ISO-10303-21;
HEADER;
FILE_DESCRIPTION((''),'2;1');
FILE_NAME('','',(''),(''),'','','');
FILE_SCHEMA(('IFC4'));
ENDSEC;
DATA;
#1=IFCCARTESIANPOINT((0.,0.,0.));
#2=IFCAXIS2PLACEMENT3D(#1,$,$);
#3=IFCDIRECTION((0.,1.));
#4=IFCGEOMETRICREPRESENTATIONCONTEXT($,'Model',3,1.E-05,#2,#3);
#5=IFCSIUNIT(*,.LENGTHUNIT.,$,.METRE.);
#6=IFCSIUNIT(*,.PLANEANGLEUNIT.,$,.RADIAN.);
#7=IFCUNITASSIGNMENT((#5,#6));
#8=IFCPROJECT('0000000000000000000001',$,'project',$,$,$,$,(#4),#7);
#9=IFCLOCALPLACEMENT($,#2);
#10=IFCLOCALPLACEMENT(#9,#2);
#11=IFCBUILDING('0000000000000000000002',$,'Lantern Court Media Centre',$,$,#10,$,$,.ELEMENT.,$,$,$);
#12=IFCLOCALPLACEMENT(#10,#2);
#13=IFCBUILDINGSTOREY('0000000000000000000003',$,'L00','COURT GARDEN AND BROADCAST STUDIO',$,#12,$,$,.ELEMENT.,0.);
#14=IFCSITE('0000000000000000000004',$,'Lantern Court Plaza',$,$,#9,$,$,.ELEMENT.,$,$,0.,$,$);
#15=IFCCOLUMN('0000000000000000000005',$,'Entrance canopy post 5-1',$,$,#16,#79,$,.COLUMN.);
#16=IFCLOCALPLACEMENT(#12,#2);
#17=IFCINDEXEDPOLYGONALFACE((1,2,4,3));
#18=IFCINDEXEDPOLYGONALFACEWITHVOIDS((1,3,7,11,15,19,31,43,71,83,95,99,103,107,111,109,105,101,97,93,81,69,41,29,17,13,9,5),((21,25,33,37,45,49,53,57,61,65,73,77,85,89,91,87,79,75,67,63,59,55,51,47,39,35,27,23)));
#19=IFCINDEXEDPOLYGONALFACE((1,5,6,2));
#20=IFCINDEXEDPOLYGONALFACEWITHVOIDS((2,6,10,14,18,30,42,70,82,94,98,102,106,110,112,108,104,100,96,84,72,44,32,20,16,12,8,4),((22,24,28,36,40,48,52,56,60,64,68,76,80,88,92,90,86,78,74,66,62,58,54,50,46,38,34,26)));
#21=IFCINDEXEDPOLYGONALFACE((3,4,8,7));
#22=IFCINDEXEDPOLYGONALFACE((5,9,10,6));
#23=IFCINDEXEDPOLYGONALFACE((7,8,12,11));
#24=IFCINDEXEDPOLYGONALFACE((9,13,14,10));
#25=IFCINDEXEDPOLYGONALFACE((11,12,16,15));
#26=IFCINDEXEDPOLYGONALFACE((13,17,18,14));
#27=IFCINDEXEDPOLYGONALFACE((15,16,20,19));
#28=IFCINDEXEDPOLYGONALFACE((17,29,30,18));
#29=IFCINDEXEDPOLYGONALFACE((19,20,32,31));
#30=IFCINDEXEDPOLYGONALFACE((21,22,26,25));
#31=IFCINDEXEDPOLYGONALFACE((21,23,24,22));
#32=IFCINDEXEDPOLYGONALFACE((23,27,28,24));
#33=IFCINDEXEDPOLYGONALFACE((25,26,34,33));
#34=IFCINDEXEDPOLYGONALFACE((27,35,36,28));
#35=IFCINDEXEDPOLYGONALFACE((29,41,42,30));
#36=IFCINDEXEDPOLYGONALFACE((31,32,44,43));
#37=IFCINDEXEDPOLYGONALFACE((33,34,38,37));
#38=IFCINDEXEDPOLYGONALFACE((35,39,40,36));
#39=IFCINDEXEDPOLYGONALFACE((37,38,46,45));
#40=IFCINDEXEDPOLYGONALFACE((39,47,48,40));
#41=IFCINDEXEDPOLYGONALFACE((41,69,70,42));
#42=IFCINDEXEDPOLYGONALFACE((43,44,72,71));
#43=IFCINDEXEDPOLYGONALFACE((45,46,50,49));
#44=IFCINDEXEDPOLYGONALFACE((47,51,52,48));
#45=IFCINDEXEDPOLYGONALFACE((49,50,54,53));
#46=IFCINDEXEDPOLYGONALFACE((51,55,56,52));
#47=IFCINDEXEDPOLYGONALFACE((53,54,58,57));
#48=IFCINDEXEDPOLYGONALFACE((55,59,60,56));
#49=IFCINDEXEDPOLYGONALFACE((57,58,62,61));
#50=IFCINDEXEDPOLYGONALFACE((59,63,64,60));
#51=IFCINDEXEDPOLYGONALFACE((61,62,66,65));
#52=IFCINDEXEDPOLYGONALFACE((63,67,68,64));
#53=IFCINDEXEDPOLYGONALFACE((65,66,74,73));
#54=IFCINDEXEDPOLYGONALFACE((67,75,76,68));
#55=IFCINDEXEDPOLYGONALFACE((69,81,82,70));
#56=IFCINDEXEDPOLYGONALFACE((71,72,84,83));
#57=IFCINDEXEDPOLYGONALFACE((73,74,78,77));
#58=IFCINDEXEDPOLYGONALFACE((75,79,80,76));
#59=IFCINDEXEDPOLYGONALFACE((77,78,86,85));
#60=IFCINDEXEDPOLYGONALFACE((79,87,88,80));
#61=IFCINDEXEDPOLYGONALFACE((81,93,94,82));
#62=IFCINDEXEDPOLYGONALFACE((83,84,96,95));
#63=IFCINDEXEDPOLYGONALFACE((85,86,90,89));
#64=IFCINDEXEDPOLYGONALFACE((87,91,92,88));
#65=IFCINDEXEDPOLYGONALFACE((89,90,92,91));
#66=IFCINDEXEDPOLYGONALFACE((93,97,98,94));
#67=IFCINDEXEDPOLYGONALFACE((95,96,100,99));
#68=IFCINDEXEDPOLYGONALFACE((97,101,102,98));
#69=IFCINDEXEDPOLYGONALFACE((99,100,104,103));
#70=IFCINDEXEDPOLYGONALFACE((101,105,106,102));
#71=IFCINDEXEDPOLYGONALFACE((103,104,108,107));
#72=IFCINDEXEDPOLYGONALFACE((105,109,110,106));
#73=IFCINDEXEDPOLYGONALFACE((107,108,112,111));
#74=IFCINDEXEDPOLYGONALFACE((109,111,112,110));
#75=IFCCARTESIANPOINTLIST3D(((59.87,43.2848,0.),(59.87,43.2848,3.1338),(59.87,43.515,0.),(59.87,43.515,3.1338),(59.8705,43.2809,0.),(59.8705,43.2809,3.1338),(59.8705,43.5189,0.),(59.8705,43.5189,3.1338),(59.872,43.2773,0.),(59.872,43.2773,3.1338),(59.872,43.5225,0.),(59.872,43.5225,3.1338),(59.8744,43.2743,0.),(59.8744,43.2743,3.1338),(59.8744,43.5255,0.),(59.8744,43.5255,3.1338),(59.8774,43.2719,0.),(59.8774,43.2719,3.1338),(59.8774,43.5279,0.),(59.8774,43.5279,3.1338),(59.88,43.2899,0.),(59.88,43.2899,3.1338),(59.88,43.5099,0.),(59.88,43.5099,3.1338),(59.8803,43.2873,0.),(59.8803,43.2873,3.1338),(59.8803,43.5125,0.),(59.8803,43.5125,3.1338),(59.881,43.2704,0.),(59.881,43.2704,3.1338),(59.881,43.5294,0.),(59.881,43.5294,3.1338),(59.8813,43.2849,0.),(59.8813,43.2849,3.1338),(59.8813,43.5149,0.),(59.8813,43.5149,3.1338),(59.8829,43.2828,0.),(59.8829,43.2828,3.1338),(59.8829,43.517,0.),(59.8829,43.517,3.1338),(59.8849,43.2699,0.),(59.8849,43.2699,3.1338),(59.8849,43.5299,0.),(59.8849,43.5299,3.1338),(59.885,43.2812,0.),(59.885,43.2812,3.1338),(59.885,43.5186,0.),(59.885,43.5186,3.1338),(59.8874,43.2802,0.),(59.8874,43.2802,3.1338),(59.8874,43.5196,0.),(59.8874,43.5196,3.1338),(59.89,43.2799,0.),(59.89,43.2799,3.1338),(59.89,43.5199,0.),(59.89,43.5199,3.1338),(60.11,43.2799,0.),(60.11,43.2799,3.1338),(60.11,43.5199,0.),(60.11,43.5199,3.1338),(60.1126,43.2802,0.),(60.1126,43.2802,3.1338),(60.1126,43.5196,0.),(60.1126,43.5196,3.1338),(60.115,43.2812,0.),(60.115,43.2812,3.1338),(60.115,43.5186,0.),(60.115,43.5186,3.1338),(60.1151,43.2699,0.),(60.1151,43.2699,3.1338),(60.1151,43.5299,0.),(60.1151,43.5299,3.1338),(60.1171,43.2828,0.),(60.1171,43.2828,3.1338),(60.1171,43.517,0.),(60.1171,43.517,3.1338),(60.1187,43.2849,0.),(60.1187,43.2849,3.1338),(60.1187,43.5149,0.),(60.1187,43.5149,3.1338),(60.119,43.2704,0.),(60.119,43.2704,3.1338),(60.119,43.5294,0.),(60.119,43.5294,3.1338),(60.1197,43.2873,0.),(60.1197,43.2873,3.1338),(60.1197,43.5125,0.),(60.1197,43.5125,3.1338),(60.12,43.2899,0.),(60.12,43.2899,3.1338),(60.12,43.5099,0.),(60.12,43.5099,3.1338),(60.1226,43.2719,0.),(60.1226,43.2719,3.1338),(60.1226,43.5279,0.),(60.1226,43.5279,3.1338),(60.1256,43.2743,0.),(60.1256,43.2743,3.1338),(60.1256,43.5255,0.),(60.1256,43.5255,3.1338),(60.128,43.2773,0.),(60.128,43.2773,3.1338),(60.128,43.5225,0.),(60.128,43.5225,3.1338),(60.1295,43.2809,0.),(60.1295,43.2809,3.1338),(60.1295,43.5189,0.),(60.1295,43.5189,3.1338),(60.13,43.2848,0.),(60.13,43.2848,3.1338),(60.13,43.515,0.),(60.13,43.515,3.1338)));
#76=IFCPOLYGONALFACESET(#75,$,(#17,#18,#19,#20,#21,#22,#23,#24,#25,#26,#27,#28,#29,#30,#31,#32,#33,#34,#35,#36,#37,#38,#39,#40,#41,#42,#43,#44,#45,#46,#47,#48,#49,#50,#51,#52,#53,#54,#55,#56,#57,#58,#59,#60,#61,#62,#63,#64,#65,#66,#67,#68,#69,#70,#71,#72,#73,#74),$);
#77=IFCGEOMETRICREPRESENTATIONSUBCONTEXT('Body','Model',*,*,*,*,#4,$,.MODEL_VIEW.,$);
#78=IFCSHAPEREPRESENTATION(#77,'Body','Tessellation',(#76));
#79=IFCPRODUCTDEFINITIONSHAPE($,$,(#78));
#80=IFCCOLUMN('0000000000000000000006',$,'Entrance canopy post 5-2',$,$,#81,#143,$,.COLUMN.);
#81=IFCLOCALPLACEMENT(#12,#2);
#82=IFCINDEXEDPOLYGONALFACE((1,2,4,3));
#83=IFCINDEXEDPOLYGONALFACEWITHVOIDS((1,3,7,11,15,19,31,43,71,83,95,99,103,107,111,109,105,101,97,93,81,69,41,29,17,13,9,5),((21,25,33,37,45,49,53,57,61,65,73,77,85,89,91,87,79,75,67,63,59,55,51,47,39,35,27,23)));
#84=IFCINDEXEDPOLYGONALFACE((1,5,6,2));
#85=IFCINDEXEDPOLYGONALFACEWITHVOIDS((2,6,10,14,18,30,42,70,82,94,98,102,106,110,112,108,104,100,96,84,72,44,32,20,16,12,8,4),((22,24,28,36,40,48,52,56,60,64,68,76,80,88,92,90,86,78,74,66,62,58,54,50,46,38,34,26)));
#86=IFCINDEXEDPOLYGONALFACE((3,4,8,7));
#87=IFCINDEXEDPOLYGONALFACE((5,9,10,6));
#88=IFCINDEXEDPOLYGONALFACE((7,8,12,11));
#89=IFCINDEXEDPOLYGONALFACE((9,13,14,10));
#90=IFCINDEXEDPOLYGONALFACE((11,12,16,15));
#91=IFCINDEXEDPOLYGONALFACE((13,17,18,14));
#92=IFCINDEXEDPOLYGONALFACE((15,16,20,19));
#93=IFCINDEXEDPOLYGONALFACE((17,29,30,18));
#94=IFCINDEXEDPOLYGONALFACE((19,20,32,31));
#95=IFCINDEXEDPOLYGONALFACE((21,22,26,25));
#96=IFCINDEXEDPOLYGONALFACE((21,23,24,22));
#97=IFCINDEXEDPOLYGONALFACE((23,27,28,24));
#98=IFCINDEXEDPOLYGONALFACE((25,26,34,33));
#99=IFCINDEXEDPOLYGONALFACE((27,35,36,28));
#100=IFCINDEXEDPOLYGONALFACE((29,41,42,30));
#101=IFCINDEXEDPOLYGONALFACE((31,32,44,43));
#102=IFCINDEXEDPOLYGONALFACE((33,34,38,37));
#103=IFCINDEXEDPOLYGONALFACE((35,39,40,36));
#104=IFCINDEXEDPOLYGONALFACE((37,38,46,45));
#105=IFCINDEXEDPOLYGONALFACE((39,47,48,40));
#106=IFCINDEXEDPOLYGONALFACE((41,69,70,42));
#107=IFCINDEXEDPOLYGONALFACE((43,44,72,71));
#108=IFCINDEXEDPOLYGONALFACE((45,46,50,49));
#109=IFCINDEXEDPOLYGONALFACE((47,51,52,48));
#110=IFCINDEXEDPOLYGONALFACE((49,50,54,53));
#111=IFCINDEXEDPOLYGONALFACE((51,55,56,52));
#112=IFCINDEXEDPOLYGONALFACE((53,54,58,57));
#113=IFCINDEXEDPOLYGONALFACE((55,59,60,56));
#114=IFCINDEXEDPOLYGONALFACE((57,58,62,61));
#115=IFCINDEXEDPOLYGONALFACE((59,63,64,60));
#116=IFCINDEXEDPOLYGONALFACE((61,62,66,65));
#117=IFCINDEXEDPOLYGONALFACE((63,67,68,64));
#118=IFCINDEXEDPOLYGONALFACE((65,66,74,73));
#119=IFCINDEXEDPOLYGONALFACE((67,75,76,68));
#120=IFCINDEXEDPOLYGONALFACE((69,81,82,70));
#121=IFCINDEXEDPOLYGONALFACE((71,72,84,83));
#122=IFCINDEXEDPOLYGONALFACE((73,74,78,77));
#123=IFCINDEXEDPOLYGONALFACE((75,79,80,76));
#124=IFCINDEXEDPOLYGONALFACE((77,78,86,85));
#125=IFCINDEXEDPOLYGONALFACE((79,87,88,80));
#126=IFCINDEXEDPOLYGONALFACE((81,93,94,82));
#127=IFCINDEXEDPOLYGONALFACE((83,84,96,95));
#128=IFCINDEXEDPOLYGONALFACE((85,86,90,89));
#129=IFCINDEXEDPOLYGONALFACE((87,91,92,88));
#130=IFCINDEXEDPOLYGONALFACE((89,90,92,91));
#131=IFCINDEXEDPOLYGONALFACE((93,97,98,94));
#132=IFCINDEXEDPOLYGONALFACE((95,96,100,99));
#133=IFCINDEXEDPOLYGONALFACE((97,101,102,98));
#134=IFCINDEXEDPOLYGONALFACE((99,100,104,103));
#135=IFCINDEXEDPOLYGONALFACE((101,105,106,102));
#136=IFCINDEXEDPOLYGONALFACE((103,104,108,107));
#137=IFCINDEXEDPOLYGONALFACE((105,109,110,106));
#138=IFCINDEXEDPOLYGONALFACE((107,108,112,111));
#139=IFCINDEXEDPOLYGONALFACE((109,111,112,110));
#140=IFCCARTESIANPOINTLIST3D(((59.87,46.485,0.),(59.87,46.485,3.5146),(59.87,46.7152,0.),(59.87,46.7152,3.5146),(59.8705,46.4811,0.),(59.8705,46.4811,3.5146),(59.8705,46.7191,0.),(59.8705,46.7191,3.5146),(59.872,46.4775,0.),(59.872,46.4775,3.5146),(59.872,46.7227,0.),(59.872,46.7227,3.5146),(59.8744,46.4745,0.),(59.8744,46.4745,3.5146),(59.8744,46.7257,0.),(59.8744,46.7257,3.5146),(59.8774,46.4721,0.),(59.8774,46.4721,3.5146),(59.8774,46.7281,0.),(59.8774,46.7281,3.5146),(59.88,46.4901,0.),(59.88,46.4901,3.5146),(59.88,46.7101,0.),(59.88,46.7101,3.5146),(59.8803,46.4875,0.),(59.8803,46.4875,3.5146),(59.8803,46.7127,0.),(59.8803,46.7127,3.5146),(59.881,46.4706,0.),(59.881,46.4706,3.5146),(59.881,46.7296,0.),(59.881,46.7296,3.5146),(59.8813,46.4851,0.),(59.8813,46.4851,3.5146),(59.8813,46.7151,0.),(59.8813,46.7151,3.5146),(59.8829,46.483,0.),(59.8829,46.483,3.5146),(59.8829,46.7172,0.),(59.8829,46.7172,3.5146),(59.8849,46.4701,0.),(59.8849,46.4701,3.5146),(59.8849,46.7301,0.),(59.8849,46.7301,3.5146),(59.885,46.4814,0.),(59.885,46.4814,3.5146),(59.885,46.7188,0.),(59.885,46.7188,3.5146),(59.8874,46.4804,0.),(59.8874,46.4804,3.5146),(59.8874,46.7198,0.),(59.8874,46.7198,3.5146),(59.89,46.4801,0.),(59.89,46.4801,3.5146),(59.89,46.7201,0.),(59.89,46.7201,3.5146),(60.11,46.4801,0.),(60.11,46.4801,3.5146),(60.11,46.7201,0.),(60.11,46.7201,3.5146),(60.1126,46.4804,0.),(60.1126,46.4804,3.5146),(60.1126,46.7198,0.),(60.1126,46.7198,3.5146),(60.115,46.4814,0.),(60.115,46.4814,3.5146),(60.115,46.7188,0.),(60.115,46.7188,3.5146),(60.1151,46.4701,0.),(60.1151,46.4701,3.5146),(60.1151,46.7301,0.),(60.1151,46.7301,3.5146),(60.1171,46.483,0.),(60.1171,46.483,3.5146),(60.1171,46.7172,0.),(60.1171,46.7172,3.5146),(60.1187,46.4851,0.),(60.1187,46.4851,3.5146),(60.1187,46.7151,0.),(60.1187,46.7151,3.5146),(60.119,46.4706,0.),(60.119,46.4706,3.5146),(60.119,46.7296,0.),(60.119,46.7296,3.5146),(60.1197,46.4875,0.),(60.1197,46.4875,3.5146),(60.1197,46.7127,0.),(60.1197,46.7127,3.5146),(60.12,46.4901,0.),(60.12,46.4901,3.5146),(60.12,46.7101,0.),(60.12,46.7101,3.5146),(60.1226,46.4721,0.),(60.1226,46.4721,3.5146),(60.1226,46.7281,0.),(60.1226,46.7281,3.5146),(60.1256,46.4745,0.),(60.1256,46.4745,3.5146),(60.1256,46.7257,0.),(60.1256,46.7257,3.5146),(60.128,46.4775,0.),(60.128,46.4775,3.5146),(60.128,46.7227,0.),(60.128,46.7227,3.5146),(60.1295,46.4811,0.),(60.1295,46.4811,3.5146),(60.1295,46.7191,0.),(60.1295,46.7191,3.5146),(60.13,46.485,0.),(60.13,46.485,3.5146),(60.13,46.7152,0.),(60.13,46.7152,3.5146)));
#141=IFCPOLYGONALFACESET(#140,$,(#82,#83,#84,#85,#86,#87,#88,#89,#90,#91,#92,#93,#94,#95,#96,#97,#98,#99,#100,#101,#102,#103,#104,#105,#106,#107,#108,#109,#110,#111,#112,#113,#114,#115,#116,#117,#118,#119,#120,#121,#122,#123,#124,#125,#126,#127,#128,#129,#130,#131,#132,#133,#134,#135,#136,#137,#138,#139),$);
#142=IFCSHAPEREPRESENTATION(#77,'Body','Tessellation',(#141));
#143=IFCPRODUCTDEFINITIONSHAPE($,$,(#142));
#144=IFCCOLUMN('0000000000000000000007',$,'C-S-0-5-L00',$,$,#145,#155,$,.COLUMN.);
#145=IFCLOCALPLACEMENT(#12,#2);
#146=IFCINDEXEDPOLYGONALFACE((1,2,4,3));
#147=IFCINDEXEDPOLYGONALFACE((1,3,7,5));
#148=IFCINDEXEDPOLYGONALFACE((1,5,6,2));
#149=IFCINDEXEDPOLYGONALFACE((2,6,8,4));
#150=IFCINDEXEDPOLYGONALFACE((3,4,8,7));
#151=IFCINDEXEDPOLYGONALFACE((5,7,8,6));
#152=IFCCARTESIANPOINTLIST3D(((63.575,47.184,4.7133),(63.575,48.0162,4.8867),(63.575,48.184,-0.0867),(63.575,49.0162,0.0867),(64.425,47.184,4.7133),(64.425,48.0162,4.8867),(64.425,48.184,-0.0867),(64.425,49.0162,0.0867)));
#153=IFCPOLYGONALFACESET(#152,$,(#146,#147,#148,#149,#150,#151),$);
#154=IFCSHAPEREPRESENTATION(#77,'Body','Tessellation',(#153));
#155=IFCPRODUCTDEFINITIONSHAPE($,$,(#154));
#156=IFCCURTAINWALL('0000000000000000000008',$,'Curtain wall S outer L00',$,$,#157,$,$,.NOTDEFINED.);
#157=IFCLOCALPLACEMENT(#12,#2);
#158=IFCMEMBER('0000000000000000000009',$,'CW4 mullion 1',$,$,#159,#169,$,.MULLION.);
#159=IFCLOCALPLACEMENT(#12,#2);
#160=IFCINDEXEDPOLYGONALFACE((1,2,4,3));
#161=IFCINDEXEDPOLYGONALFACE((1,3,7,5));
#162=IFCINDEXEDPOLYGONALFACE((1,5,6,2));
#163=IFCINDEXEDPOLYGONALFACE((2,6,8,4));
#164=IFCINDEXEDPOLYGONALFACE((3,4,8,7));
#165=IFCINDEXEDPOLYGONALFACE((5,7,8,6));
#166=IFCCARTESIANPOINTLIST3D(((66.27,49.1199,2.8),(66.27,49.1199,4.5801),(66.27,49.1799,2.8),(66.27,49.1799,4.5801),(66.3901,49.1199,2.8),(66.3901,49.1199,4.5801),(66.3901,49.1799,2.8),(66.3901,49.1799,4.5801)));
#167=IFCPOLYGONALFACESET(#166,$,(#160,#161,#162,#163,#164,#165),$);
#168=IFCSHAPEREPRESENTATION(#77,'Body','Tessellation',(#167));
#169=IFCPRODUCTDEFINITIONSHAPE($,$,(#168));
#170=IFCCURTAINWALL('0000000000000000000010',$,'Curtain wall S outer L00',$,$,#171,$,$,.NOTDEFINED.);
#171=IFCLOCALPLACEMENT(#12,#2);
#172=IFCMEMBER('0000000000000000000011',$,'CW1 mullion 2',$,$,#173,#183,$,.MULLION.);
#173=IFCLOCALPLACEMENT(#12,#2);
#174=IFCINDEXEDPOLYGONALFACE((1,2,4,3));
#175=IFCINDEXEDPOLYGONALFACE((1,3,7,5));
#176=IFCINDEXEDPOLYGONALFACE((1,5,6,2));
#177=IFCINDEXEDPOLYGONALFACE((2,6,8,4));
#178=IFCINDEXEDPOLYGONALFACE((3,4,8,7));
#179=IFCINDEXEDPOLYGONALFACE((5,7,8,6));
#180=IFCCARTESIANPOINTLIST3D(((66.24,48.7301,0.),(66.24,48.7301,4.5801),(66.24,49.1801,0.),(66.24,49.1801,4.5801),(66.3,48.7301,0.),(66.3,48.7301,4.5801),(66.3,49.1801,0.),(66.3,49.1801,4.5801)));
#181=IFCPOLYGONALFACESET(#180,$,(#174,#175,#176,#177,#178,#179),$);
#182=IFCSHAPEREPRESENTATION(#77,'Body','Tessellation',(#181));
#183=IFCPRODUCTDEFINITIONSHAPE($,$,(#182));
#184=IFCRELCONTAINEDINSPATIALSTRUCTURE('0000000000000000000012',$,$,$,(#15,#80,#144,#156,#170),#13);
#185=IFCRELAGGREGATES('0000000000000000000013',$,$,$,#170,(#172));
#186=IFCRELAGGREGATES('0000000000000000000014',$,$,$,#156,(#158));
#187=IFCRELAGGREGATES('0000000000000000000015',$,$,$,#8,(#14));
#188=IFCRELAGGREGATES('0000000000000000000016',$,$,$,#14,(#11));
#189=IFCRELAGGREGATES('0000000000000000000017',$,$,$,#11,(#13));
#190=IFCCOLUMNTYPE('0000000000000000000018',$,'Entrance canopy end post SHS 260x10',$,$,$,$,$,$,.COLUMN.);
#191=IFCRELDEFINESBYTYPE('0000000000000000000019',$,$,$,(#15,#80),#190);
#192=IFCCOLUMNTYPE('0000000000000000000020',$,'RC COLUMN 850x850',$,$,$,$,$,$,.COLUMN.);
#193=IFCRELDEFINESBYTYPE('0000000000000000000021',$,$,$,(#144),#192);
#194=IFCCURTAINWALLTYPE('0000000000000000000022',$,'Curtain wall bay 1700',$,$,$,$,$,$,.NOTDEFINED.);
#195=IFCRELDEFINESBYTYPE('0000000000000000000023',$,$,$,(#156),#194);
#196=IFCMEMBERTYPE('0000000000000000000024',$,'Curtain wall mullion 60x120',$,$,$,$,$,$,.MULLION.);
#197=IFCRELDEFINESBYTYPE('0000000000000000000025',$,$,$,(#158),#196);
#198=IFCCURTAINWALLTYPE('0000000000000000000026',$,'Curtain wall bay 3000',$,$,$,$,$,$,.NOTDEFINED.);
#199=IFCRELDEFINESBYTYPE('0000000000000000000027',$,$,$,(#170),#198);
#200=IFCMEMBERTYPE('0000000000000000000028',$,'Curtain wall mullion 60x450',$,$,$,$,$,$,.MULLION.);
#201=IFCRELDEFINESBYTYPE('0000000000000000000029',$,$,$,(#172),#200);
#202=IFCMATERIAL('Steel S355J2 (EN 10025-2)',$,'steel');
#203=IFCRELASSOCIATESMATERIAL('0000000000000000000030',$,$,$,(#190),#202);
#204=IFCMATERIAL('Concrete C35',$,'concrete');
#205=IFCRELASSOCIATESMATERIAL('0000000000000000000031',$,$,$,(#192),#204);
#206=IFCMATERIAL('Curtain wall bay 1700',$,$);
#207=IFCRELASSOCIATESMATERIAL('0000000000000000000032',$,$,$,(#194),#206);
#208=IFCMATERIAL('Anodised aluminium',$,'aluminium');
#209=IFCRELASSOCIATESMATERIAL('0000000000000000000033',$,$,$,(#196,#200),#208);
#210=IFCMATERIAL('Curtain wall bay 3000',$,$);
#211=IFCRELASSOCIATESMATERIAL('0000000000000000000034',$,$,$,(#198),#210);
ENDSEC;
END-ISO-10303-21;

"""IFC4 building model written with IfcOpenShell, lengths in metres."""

from ifc_helpers import new_model, si_unit, direction, frame, origin, origin_2d, place, context, subcontext, project, spatial, rectangle, hollow_rectangle, extrude, material, material_profile, profile_set, type_object, element, aggregate, save


model = new_model("IFC4")

# Units and contexts
model_context = context("Model", 3, precision=1e-05, world=origin(), true_north=direction((0.0, 1.0)))
body_context = subcontext(model_context, "Body", "Model", "MODEL_VIEW")
ifc_project = project(units=[si_unit("LENGTHUNIT", "METRE"), si_unit("PLANEANGLEUNIT", "RADIAN")], contexts=[model_context])

# Site, building, storey
site_placement = place(None, origin())
site = spatial("IfcSite", under=ifc_project, at=site_placement, Name="Lantern Court Plaza", CompositionType="ELEMENT", RefElevation=0.0)
building_placement = place(site_placement, origin())
building = spatial("IfcBuilding", under=site, at=building_placement, Name="Lantern Court Media Centre", CompositionType="ELEMENT")
storey_placement = place(building_placement, origin())
storey = spatial("IfcBuildingStorey", under=building, at=storey_placement, Name="L00", Description="COURT GARDEN AND BROADCAST STUDIO", CompositionType="ELEMENT", Elevation=0.0)

# Columns
ifc_material_1 = material(Name="Steel S355J2 (EN 10025-2)", Category="steel")
ifc_material_profile_1 = material_profile(ifc_material_1, hollow_rectangle(XDim=0.26, YDim=0.26, WallThickness=0.01, InnerFilletRadius=0.01, OuterFilletRadius=0.0149, at=origin_2d()), Name="Entrance canopy end post SHS 260x10")
ifc_profile_set_1 = profile_set([ifc_material_profile_1], Name="Steel S355J2 (EN 10025-2)")
column_type_1 = type_object("IfcColumnType", Name="Entrance canopy end post SHS 260x10", PredefinedType="COLUMN", material=ifc_profile_set_1)
column_1_placement = place(storey_placement, frame((60.0, 43.3999, 0.0), z_axis=(0.0, 0.0, 1.0), x_axis=(1.0, 0.0, 0.0)))
element("IfcColumn", 1, at=column_1_placement, inside=storey, type_object=column_type_1, Name="Entrance canopy post 5-1", PredefinedType="COLUMN", context=body_context, shape_type="SweptSolid", body=[
    extrude(hollow_rectangle(XDim=0.26, YDim=0.26, WallThickness=0.01, InnerFilletRadius=0.01, OuterFilletRadius=0.0149, at=origin_2d()), origin(), (0.0, 0.0, 1.0), 3.1338),
])
column_2_placement = place(storey_placement, frame((60.0, 46.6001, 0.0), z_axis=(0.0, 0.0, 1.0), x_axis=(1.0, 0.0, 0.0)))
element("IfcColumn", 2, at=column_2_placement, inside=storey, type_object=column_type_1, Name="Entrance canopy post 5-2", PredefinedType="COLUMN", context=body_context, shape_type="SweptSolid", body=[
    extrude(hollow_rectangle(XDim=0.26, YDim=0.26, WallThickness=0.01, InnerFilletRadius=0.01, OuterFilletRadius=0.0149, at=origin_2d()), origin(), (0.0, 0.0, 1.0), 3.5146),
])
ifc_material_2 = material(Name="Concrete C35", Category="concrete")
ifc_material_profile_2 = material_profile(ifc_material_2, rectangle(XDim=0.8501, YDim=0.8501, at=origin_2d()), Name="RC 850x850")
ifc_profile_set_2 = profile_set([ifc_material_profile_2], Name="Concrete C35")
column_type_2 = type_object("IfcColumnType", Name="RC COLUMN 850x850", PredefinedType="COLUMN", material=ifc_profile_set_2)
column_3_placement = place(storey_placement, frame((64.0, 48.6001, 0.0), z_axis=(0.0, -0.203952, 0.978981), x_axis=(1.0, 0.0, 0.0)))
element("IfcColumn", 3, at=column_3_placement, inside=storey, type_object=column_type_2, Name="C-S-0-5-L00", PredefinedType="COLUMN", context=body_context, shape_type="SweptSolid", body=[
    extrude(rectangle(XDim=0.8501, YDim=0.8501, at=origin_2d()), origin(), (0.0, 0.0, 1.0), 4.9031),
])

# Curtain wall, member
ifc_material_3 = material(Name="Curtain wall bay 1700")
curtain_wall_type_1 = type_object("IfcCurtainWallType", Name="Curtain wall bay 1700", PredefinedType="NOTDEFINED", material=ifc_material_3)
curtain_wall_1_placement = place(storey_placement, origin())
curtain_wall_1 = element("IfcCurtainWall", 4, at=curtain_wall_1_placement, inside=storey, type_object=curtain_wall_type_1, Name="Curtain wall S outer L00", PredefinedType="NOTDEFINED")
ifc_material_4 = material(Name="Anodised aluminium", Category="aluminium")
ifc_material_profile_3 = material_profile(ifc_material_4, rectangle(XDim=0.0601, YDim=0.1201, at=origin_2d()), Name="AL 60x120")
ifc_profile_set_3 = profile_set([ifc_material_profile_3], Name="Anodised aluminium")
member_type_1 = type_object("IfcMemberType", Name="Curtain wall mullion 60x120", PredefinedType="MULLION", material=ifc_profile_set_3)
member_1_placement = place(storey_placement, frame((66.3301, 49.1499, 2.8), z_axis=(0.0, 0.0, 1.0), x_axis=(0.0, 1.0, 0.0)))
member_1 = element("IfcMember", 5, at=member_1_placement, type_object=member_type_1, Name="CW4 mullion 1", PredefinedType="MULLION", context=body_context, shape_type="SweptSolid", body=[
    extrude(rectangle(XDim=0.0601, YDim=0.1201, at=origin_2d()), origin(), (0.0, 0.0, 1.0), 1.78),
])

# Curtain wall, member
ifc_material_5 = material(Name="Curtain wall bay 3000")
curtain_wall_type_2 = type_object("IfcCurtainWallType", Name="Curtain wall bay 3000", PredefinedType="NOTDEFINED", material=ifc_material_5)
curtain_wall_2_placement = place(storey_placement, origin())
curtain_wall_2 = element("IfcCurtainWall", 6, at=curtain_wall_2_placement, inside=storey, type_object=curtain_wall_type_2, Name="Curtain wall S outer L00", PredefinedType="NOTDEFINED")
ifc_material_profile_4 = material_profile(ifc_material_4, rectangle(XDim=0.45, YDim=0.0601, at=origin_2d()), Name="AL 60x450")
ifc_profile_set_4 = profile_set([ifc_material_profile_4], Name="Anodised aluminium")
member_type_2 = type_object("IfcMemberType", Name="Curtain wall mullion 60x450", PredefinedType="MULLION", material=ifc_profile_set_4)
member_2_placement = place(storey_placement, frame((66.27, 48.9551, 0.0), z_axis=(0.0, 0.0, 1.0), x_axis=(0.0, 1.0, 0.0)))
member_2 = element("IfcMember", 7, at=member_2_placement, type_object=member_type_2, Name="CW1 mullion 2", PredefinedType="MULLION", context=body_context, shape_type="SweptSolid", body=[
    extrude(rectangle(XDim=0.45, YDim=0.0601, at=origin_2d()), origin(), (0.0, 0.0, 1.0), 4.5801),
])

aggregate(curtain_wall_2, [member_2])
aggregate(curtain_wall_1, [member_1])

save(model, "model.ifc")
